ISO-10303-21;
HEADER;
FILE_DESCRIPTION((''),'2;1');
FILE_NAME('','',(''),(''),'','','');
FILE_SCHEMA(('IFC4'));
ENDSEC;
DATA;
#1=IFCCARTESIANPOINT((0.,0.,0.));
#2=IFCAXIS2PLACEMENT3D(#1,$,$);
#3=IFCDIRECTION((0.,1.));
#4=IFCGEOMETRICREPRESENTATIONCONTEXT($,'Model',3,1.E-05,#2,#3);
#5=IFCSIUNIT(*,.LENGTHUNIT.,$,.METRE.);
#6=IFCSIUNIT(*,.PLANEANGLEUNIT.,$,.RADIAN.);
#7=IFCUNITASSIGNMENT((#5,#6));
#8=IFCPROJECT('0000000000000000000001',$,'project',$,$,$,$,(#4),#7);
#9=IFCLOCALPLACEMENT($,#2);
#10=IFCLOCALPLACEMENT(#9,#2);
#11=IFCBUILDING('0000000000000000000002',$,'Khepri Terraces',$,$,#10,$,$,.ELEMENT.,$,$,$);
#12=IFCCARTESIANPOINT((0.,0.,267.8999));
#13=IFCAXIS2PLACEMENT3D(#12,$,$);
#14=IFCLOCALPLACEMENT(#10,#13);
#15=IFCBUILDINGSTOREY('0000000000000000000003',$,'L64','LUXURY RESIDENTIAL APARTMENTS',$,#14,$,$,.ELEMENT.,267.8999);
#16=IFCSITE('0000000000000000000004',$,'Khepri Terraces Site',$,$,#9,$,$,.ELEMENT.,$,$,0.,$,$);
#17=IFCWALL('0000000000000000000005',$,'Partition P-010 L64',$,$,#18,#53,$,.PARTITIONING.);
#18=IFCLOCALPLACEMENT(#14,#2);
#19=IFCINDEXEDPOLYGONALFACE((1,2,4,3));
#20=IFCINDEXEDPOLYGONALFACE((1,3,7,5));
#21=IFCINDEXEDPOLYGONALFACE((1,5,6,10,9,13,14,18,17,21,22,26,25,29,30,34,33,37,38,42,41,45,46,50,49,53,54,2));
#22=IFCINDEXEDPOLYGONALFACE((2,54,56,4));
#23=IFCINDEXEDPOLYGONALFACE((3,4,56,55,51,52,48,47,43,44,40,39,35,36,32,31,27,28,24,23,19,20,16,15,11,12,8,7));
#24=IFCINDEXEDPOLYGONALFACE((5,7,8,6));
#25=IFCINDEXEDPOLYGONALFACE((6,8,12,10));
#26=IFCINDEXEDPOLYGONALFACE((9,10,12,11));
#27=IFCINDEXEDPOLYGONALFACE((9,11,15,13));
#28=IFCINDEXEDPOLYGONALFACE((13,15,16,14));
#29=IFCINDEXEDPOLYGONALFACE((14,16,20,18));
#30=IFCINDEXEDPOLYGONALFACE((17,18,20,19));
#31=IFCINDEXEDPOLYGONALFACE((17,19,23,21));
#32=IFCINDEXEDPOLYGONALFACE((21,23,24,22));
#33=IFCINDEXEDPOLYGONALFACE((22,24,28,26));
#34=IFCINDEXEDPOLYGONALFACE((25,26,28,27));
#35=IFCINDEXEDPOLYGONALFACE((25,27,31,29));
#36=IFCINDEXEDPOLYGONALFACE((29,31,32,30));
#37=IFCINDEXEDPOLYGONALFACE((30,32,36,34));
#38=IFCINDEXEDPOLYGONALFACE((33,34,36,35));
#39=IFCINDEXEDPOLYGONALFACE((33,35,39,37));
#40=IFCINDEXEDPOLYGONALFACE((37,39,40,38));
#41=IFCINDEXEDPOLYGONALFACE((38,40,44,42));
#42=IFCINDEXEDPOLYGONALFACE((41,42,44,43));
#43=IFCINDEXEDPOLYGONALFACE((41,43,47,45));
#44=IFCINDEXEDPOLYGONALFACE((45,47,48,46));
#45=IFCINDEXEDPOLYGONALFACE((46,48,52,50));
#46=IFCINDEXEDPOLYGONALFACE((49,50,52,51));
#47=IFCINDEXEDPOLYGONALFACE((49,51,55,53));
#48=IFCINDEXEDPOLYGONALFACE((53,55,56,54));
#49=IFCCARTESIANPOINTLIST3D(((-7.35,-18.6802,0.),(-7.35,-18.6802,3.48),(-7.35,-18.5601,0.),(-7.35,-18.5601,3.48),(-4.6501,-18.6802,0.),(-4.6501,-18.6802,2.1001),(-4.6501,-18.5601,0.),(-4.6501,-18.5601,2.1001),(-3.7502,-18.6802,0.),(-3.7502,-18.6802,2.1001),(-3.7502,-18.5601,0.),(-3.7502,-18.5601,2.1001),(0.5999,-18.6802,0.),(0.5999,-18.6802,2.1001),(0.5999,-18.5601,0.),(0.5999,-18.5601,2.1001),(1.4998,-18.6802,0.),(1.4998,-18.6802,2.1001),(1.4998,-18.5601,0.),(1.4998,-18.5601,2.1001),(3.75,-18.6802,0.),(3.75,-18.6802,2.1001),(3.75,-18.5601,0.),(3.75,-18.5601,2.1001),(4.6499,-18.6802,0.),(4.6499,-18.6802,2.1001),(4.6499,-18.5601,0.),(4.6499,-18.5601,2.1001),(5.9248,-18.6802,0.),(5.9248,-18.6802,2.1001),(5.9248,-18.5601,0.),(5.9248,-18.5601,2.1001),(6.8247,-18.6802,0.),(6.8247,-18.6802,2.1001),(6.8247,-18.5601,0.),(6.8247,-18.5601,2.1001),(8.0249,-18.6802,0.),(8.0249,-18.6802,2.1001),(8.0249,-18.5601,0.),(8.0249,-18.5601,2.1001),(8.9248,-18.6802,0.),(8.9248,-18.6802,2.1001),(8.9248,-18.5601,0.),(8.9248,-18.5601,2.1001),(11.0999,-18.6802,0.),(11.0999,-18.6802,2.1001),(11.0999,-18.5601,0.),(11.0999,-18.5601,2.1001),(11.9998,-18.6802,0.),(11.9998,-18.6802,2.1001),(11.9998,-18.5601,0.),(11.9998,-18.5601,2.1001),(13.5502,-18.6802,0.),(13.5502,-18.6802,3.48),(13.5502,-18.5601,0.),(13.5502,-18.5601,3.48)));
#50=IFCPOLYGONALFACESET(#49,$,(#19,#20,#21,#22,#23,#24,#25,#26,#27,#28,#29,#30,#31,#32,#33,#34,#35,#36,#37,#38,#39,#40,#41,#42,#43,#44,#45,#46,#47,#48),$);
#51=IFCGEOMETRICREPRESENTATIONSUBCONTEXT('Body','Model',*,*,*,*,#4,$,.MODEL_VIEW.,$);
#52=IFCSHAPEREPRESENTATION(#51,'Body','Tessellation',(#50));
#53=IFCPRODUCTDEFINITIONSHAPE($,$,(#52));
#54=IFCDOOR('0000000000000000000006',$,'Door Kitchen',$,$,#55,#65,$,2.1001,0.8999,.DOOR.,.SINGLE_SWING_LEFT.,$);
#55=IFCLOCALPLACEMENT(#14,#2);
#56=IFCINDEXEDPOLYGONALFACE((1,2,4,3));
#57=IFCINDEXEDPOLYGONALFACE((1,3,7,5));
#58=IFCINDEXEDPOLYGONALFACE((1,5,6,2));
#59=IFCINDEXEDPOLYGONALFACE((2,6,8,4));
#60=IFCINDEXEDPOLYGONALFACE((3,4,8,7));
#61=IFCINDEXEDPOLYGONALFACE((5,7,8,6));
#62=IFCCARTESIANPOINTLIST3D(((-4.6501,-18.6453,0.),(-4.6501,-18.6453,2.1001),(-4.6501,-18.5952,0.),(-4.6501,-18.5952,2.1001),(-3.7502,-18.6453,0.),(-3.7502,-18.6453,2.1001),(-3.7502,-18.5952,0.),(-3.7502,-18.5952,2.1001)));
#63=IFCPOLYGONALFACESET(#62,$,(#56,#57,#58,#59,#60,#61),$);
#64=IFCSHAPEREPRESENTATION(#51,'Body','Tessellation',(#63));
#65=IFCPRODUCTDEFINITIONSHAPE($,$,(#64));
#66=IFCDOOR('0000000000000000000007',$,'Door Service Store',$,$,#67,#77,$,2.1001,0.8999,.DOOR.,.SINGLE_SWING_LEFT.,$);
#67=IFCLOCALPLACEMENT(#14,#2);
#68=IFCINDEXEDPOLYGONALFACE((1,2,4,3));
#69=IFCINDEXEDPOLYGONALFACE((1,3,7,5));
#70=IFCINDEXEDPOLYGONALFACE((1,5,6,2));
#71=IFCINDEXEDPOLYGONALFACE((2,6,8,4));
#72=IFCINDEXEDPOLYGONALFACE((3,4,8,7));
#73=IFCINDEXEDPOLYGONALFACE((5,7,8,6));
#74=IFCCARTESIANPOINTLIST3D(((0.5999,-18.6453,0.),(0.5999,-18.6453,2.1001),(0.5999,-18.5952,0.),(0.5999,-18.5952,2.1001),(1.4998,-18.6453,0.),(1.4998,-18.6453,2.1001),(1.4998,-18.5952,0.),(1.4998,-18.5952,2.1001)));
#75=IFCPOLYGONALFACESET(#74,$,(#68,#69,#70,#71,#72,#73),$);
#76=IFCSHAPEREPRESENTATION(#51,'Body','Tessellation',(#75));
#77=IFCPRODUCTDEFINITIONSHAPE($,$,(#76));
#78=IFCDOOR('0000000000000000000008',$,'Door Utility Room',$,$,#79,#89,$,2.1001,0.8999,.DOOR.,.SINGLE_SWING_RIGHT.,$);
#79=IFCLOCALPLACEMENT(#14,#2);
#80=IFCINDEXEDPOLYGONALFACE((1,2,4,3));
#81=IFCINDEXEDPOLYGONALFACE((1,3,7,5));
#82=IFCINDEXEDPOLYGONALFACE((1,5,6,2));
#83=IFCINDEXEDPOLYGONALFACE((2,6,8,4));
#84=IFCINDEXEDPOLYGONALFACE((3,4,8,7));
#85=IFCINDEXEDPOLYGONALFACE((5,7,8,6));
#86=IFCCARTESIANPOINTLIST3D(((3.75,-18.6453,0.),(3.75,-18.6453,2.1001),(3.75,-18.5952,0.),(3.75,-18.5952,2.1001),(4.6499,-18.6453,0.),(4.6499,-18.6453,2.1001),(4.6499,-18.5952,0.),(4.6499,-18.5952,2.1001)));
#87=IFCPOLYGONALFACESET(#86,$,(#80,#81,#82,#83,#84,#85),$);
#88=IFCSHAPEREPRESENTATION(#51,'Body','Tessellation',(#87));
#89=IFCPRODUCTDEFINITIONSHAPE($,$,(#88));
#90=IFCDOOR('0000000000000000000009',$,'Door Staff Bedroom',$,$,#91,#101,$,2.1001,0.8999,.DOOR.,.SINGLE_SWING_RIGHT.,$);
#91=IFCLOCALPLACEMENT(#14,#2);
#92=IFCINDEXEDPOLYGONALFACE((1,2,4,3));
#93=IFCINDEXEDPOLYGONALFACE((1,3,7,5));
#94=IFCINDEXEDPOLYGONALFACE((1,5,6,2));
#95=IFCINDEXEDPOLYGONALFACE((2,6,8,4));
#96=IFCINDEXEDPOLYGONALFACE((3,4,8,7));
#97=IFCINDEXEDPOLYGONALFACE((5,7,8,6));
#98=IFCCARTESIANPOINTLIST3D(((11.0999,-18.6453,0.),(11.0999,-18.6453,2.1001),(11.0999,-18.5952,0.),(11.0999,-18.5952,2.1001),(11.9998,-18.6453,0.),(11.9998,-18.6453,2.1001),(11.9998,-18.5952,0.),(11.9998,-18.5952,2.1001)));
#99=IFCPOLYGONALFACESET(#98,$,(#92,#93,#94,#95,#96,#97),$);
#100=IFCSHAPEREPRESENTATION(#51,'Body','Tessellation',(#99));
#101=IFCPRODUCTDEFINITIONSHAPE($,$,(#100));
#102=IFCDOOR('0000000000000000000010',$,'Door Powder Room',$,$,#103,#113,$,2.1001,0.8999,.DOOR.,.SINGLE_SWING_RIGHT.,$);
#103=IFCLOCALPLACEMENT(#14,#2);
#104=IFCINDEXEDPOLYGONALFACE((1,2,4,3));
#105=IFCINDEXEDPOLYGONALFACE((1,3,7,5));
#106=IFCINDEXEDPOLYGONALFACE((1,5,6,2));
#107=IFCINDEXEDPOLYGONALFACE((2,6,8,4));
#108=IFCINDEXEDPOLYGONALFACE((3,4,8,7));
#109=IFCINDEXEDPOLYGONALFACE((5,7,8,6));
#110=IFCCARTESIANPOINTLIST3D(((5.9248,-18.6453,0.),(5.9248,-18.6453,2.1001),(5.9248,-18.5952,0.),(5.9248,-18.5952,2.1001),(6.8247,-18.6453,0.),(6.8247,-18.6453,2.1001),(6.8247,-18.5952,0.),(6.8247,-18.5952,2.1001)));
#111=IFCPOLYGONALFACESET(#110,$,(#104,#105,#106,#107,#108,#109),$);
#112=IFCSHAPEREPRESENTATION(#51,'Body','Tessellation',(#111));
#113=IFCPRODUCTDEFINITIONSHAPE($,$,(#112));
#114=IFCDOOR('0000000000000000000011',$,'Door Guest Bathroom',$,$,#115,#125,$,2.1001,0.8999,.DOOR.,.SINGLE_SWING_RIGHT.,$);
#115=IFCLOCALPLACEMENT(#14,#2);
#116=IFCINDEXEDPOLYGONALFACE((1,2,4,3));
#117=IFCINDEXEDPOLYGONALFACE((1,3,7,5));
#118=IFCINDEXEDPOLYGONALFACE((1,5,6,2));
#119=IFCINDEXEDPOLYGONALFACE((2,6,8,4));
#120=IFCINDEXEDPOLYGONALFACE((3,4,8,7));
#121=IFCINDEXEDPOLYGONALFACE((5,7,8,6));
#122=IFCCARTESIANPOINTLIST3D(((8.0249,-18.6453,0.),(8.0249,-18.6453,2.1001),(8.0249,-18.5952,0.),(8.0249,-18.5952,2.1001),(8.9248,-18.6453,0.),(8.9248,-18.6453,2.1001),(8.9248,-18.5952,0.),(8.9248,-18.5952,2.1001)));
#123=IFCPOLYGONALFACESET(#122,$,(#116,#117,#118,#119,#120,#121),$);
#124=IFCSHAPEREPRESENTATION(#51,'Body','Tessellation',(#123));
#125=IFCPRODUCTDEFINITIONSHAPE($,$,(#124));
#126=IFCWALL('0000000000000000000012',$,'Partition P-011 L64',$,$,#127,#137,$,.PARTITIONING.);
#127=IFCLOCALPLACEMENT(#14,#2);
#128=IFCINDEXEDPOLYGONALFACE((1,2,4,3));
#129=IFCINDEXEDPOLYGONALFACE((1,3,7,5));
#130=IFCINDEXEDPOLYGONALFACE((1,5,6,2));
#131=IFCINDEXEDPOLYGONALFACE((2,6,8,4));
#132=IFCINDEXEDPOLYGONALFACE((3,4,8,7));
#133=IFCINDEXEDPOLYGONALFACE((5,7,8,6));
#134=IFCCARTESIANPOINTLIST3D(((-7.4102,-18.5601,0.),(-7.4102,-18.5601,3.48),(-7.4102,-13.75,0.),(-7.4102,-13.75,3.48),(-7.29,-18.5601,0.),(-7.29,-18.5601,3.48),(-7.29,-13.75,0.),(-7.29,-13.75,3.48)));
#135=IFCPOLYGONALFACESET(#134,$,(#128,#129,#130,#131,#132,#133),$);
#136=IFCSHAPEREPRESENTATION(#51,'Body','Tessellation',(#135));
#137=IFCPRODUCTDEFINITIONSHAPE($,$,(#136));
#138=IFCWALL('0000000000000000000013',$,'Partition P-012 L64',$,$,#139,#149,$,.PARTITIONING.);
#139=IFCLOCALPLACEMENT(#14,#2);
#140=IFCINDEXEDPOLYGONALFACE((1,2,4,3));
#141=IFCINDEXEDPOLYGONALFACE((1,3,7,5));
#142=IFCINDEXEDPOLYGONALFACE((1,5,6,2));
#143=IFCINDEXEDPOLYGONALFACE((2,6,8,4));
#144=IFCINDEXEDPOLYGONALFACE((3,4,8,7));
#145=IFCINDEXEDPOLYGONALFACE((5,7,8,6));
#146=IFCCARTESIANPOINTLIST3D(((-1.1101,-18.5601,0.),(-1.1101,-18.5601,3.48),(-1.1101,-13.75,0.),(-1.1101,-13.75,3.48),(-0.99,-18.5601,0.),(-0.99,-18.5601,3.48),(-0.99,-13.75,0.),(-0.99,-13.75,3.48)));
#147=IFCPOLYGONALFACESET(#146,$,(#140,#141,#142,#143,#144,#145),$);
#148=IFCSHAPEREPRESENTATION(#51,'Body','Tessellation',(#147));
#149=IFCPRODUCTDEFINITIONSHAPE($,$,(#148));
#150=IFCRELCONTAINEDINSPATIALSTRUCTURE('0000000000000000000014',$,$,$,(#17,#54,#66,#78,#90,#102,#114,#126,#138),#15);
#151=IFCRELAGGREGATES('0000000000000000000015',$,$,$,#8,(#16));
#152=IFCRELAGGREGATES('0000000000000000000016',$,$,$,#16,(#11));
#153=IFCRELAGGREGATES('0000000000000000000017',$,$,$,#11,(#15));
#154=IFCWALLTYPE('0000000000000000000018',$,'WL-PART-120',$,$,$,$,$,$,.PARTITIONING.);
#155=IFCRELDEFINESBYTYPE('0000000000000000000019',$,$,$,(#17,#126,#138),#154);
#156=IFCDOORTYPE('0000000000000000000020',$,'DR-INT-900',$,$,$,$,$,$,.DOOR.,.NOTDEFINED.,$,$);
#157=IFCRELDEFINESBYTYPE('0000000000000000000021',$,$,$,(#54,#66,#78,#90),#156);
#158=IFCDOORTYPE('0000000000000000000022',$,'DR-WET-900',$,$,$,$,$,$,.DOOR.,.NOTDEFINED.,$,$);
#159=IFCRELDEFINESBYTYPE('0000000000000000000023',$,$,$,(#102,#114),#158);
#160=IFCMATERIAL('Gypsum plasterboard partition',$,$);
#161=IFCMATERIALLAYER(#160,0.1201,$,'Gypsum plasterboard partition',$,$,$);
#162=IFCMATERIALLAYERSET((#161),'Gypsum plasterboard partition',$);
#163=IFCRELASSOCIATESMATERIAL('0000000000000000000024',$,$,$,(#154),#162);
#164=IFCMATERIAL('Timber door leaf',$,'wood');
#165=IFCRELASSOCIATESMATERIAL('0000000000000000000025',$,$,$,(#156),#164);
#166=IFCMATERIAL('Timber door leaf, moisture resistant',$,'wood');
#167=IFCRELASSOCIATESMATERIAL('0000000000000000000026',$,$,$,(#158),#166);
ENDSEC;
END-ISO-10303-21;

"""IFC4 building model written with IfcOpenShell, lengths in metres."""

from ifc_helpers import new_model, si_unit, direction, frame, frame_2d, origin, place, context, subcontext, project, spatial, rectangle, extrude, material, layer, layer_set, type_object, element, fill, save


model = new_model("IFC4")

# Units and contexts
model_context = context("Model", 3, precision=1e-05, world=origin(), true_north=direction((0.0, 1.0)))
body_context = subcontext(model_context, "Body", "Model", "MODEL_VIEW")
ifc_project = project(units=[si_unit("LENGTHUNIT", "METRE"), si_unit("PLANEANGLEUNIT", "RADIAN")], contexts=[model_context])

# Site, building, storey
site_placement = place(None, origin())
site = spatial("IfcSite", under=ifc_project, at=site_placement, Name="Khepri Terraces Site", CompositionType="ELEMENT", RefElevation=0.0)
building_placement = place(site_placement, origin())
building = spatial("IfcBuilding", under=site, at=building_placement, Name="Khepri Terraces", CompositionType="ELEMENT")
storey_placement = place(building_placement, frame((0.0, 0.0, 267.8999)))
storey = spatial("IfcBuildingStorey", under=building, at=storey_placement, Name="L64", Description="LUXURY RESIDENTIAL APARTMENTS", CompositionType="ELEMENT", Elevation=267.8999)

# Shared definitions
ifc_material_1 = material(Name="Gypsum plasterboard partition")
ifc_layer_1 = layer(ifc_material_1, 0.1201, Name="Gypsum plasterboard partition")
ifc_layer_set_1 = layer_set([ifc_layer_1], Name="Gypsum plasterboard partition")
wall_type_1 = type_object("IfcWallType", Name="WL-PART-120", PredefinedType="PARTITIONING", material=ifc_layer_set_1)

# Wall, openings, doors
wall_1_placement = place(storey_placement, frame((-7.3501, -18.6201, 0.0), z_axis=(0.0, 0.0, 1.0), x_axis=(1.0, 0.0, 0.0)))
wall_1 = element("IfcWall", 1, at=wall_1_placement, inside=storey, type_object=wall_type_1, Name="Partition P-010 L64", PredefinedType="PARTITIONING", context=body_context, shape_type="SweptSolid", body=[
    extrude(rectangle(XDim=20.9001, YDim=0.1201, at=frame_2d((10.4502, 0.0))), origin(), (0.0, 0.0, 1.0), 3.48),
])
opening_1_placement = place(wall_1_placement, frame((2.7, 0.0, 0.0)))
opening_1 = element("IfcOpeningElement", 2, at=opening_1_placement, cuts=wall_1, PredefinedType="OPENING", context=body_context, shape_type="SweptSolid", body=[
    extrude(rectangle(XDim=0.8999, YDim=2.1001, at=frame_2d((0.45, 1.05))), frame((0.0, 0.0701, 0.0), z_axis=(0.0, -1.0, 0.0), x_axis=(1.0, 0.0, 0.0)), (0.0, 0.0, 1.0), 0.1401),
])
opening_2_placement = place(wall_1_placement, frame((7.95, 0.0, 0.0)))
opening_2 = element("IfcOpeningElement", 3, at=opening_2_placement, cuts=wall_1, PredefinedType="OPENING", context=body_context, shape_type="SweptSolid", body=[
    extrude(rectangle(XDim=0.8999, YDim=2.1001, at=frame_2d((0.45, 1.05))), frame((0.0, 0.0701, 0.0), z_axis=(0.0, -1.0, 0.0), x_axis=(1.0, 0.0, 0.0)), (0.0, 0.0, 1.0), 0.1401),
])
opening_3_placement = place(wall_1_placement, frame((11.1001, 0.0, 0.0)))
opening_3 = element("IfcOpeningElement", 4, at=opening_3_placement, cuts=wall_1, PredefinedType="OPENING", context=body_context, shape_type="SweptSolid", body=[
    extrude(rectangle(XDim=0.8999, YDim=2.1001, at=frame_2d((0.45, 1.05))), frame((0.0, 0.0701, 0.0), z_axis=(0.0, -1.0, 0.0), x_axis=(1.0, 0.0, 0.0)), (0.0, 0.0, 1.0), 0.1401),
])
opening_4_placement = place(wall_1_placement, frame((13.2749, 0.0, 0.0)))
opening_4 = element("IfcOpeningElement", 5, at=opening_4_placement, cuts=wall_1, PredefinedType="OPENING", context=body_context, shape_type="SweptSolid", body=[
    extrude(rectangle(XDim=0.8999, YDim=2.1001, at=frame_2d((0.45, 1.05))), frame((0.0, 0.0701, 0.0), z_axis=(0.0, -1.0, 0.0), x_axis=(1.0, 0.0, 0.0)), (0.0, 0.0, 1.0), 0.1401),
])
opening_5_placement = place(wall_1_placement, frame((15.375, 0.0, 0.0)))
opening_5 = element("IfcOpeningElement", 6, at=opening_5_placement, cuts=wall_1, PredefinedType="OPENING", context=body_context, shape_type="SweptSolid", body=[
    extrude(rectangle(XDim=0.8999, YDim=2.1001, at=frame_2d((0.45, 1.05))), frame((0.0, 0.0701, 0.0), z_axis=(0.0, -1.0, 0.0), x_axis=(1.0, 0.0, 0.0)), (0.0, 0.0, 1.0), 0.1401),
])
opening_6_placement = place(wall_1_placement, frame((18.45, 0.0, 0.0)))
opening_6 = element("IfcOpeningElement", 7, at=opening_6_placement, cuts=wall_1, PredefinedType="OPENING", context=body_context, shape_type="SweptSolid", body=[
    extrude(rectangle(XDim=0.8999, YDim=2.1001, at=frame_2d((0.45, 1.05))), frame((0.0, 0.0701, 0.0), z_axis=(0.0, -1.0, 0.0), x_axis=(1.0, 0.0, 0.0)), (0.0, 0.0, 1.0), 0.1401),
])
ifc_material_2 = material(Name="Timber door leaf", Category="wood")
door_type_1 = type_object("IfcDoorType", Name="DR-INT-900", OperationType="NOTDEFINED", PredefinedType="DOOR", material=ifc_material_2)
door_1_placement = place(opening_1_placement, origin())
door_1 = element("IfcDoor", 8, at=door_1_placement, inside=storey, type_object=door_type_1, Name="Door Kitchen", OperationType="SINGLE_SWING_LEFT", OverallHeight=2.1001, OverallWidth=0.8999, PredefinedType="DOOR", context=body_context, shape_type="SweptSolid", body=[
    extrude(rectangle(XDim=0.8999, YDim=2.1001, at=frame_2d((0.45, 1.05))), frame((0.0, 0.0249, 0.0), z_axis=(0.0, -1.0, 0.0), x_axis=(1.0, 0.0, 0.0)), (0.0, 0.0, 1.0), 0.05),
])
fill(opening_1, door_1)
door_2_placement = place(opening_2_placement, origin())
door_2 = element("IfcDoor", 9, at=door_2_placement, inside=storey, type_object=door_type_1, Name="Door Service Store", OperationType="SINGLE_SWING_LEFT", OverallHeight=2.1001, OverallWidth=0.8999, PredefinedType="DOOR", context=body_context, shape_type="SweptSolid", body=[
    extrude(rectangle(XDim=0.8999, YDim=2.1001, at=frame_2d((0.45, 1.05))), frame((0.0, 0.0249, 0.0), z_axis=(0.0, -1.0, 0.0), x_axis=(1.0, 0.0, 0.0)), (0.0, 0.0, 1.0), 0.05),
])
fill(opening_2, door_2)
door_3_placement = place(opening_3_placement, origin())
door_3 = element("IfcDoor", 10, at=door_3_placement, inside=storey, type_object=door_type_1, Name="Door Utility Room", OperationType="SINGLE_SWING_RIGHT", OverallHeight=2.1001, OverallWidth=0.8999, PredefinedType="DOOR", context=body_context, shape_type="SweptSolid", body=[
    extrude(rectangle(XDim=0.8999, YDim=2.1001, at=frame_2d((0.45, 1.05))), frame((0.0, 0.0249, 0.0), z_axis=(0.0, -1.0, 0.0), x_axis=(1.0, 0.0, 0.0)), (0.0, 0.0, 1.0), 0.05),
])
fill(opening_3, door_3)
door_4_placement = place(opening_6_placement, origin())
door_4 = element("IfcDoor", 11, at=door_4_placement, inside=storey, type_object=door_type_1, Name="Door Staff Bedroom", OperationType="SINGLE_SWING_RIGHT", OverallHeight=2.1001, OverallWidth=0.8999, PredefinedType="DOOR", context=body_context, shape_type="SweptSolid", body=[
    extrude(rectangle(XDim=0.8999, YDim=2.1001, at=frame_2d((0.45, 1.05))), frame((0.0, 0.0249, 0.0), z_axis=(0.0, -1.0, 0.0), x_axis=(1.0, 0.0, 0.0)), (0.0, 0.0, 1.0), 0.05),
])
fill(opening_6, door_4)
ifc_material_3 = material(Name="Timber door leaf, moisture resistant", Category="wood")
door_type_2 = type_object("IfcDoorType", Name="DR-WET-900", OperationType="NOTDEFINED", PredefinedType="DOOR", material=ifc_material_3)
door_5_placement = place(opening_4_placement, origin())
door_5 = element("IfcDoor", 12, at=door_5_placement, inside=storey, type_object=door_type_2, Name="Door Powder Room", OperationType="SINGLE_SWING_RIGHT", OverallHeight=2.1001, OverallWidth=0.8999, PredefinedType="DOOR", context=body_context, shape_type="SweptSolid", body=[
    extrude(rectangle(XDim=0.8999, YDim=2.1001, at=frame_2d((0.45, 1.05))), frame((0.0, 0.0249, 0.0), z_axis=(0.0, -1.0, 0.0), x_axis=(1.0, 0.0, 0.0)), (0.0, 0.0, 1.0), 0.05),
])
fill(opening_4, door_5)
door_6_placement = place(opening_5_placement, origin())
door_6 = element("IfcDoor", 13, at=door_6_placement, inside=storey, type_object=door_type_2, Name="Door Guest Bathroom", OperationType="SINGLE_SWING_RIGHT", OverallHeight=2.1001, OverallWidth=0.8999, PredefinedType="DOOR", context=body_context, shape_type="SweptSolid", body=[
    extrude(rectangle(XDim=0.8999, YDim=2.1001, at=frame_2d((0.45, 1.05))), frame((0.0, 0.0249, 0.0), z_axis=(0.0, -1.0, 0.0), x_axis=(1.0, 0.0, 0.0)), (0.0, 0.0, 1.0), 0.05),
])
fill(opening_5, door_6)

# Walls
for number, where, z_axis, x_axis, name in (
    (14, (-7.3501, -18.5601, 0.0), (0.0, 0.0, 1.0), (0.0, 1.0, 0.0), "Partition P-011 L64"),
    (15, (-1.05, -18.5601, 0.0), (0.0, 0.0, 1.0), (0.0, 1.0, 0.0), "Partition P-012 L64"),
):
    element("IfcWall", number, at=place(storey_placement, frame(where, z_axis=z_axis, x_axis=x_axis)), inside=storey, type_object=wall_type_1, Name=name, PredefinedType="PARTITIONING", context=body_context, shape_type="SweptSolid", body=[
        extrude(rectangle(XDim=4.8101, YDim=0.1201, at=frame_2d((2.405, 0.0))), origin(), (0.0, 0.0, 1.0), 3.48),
    ])

save(model, "model.ifc")
